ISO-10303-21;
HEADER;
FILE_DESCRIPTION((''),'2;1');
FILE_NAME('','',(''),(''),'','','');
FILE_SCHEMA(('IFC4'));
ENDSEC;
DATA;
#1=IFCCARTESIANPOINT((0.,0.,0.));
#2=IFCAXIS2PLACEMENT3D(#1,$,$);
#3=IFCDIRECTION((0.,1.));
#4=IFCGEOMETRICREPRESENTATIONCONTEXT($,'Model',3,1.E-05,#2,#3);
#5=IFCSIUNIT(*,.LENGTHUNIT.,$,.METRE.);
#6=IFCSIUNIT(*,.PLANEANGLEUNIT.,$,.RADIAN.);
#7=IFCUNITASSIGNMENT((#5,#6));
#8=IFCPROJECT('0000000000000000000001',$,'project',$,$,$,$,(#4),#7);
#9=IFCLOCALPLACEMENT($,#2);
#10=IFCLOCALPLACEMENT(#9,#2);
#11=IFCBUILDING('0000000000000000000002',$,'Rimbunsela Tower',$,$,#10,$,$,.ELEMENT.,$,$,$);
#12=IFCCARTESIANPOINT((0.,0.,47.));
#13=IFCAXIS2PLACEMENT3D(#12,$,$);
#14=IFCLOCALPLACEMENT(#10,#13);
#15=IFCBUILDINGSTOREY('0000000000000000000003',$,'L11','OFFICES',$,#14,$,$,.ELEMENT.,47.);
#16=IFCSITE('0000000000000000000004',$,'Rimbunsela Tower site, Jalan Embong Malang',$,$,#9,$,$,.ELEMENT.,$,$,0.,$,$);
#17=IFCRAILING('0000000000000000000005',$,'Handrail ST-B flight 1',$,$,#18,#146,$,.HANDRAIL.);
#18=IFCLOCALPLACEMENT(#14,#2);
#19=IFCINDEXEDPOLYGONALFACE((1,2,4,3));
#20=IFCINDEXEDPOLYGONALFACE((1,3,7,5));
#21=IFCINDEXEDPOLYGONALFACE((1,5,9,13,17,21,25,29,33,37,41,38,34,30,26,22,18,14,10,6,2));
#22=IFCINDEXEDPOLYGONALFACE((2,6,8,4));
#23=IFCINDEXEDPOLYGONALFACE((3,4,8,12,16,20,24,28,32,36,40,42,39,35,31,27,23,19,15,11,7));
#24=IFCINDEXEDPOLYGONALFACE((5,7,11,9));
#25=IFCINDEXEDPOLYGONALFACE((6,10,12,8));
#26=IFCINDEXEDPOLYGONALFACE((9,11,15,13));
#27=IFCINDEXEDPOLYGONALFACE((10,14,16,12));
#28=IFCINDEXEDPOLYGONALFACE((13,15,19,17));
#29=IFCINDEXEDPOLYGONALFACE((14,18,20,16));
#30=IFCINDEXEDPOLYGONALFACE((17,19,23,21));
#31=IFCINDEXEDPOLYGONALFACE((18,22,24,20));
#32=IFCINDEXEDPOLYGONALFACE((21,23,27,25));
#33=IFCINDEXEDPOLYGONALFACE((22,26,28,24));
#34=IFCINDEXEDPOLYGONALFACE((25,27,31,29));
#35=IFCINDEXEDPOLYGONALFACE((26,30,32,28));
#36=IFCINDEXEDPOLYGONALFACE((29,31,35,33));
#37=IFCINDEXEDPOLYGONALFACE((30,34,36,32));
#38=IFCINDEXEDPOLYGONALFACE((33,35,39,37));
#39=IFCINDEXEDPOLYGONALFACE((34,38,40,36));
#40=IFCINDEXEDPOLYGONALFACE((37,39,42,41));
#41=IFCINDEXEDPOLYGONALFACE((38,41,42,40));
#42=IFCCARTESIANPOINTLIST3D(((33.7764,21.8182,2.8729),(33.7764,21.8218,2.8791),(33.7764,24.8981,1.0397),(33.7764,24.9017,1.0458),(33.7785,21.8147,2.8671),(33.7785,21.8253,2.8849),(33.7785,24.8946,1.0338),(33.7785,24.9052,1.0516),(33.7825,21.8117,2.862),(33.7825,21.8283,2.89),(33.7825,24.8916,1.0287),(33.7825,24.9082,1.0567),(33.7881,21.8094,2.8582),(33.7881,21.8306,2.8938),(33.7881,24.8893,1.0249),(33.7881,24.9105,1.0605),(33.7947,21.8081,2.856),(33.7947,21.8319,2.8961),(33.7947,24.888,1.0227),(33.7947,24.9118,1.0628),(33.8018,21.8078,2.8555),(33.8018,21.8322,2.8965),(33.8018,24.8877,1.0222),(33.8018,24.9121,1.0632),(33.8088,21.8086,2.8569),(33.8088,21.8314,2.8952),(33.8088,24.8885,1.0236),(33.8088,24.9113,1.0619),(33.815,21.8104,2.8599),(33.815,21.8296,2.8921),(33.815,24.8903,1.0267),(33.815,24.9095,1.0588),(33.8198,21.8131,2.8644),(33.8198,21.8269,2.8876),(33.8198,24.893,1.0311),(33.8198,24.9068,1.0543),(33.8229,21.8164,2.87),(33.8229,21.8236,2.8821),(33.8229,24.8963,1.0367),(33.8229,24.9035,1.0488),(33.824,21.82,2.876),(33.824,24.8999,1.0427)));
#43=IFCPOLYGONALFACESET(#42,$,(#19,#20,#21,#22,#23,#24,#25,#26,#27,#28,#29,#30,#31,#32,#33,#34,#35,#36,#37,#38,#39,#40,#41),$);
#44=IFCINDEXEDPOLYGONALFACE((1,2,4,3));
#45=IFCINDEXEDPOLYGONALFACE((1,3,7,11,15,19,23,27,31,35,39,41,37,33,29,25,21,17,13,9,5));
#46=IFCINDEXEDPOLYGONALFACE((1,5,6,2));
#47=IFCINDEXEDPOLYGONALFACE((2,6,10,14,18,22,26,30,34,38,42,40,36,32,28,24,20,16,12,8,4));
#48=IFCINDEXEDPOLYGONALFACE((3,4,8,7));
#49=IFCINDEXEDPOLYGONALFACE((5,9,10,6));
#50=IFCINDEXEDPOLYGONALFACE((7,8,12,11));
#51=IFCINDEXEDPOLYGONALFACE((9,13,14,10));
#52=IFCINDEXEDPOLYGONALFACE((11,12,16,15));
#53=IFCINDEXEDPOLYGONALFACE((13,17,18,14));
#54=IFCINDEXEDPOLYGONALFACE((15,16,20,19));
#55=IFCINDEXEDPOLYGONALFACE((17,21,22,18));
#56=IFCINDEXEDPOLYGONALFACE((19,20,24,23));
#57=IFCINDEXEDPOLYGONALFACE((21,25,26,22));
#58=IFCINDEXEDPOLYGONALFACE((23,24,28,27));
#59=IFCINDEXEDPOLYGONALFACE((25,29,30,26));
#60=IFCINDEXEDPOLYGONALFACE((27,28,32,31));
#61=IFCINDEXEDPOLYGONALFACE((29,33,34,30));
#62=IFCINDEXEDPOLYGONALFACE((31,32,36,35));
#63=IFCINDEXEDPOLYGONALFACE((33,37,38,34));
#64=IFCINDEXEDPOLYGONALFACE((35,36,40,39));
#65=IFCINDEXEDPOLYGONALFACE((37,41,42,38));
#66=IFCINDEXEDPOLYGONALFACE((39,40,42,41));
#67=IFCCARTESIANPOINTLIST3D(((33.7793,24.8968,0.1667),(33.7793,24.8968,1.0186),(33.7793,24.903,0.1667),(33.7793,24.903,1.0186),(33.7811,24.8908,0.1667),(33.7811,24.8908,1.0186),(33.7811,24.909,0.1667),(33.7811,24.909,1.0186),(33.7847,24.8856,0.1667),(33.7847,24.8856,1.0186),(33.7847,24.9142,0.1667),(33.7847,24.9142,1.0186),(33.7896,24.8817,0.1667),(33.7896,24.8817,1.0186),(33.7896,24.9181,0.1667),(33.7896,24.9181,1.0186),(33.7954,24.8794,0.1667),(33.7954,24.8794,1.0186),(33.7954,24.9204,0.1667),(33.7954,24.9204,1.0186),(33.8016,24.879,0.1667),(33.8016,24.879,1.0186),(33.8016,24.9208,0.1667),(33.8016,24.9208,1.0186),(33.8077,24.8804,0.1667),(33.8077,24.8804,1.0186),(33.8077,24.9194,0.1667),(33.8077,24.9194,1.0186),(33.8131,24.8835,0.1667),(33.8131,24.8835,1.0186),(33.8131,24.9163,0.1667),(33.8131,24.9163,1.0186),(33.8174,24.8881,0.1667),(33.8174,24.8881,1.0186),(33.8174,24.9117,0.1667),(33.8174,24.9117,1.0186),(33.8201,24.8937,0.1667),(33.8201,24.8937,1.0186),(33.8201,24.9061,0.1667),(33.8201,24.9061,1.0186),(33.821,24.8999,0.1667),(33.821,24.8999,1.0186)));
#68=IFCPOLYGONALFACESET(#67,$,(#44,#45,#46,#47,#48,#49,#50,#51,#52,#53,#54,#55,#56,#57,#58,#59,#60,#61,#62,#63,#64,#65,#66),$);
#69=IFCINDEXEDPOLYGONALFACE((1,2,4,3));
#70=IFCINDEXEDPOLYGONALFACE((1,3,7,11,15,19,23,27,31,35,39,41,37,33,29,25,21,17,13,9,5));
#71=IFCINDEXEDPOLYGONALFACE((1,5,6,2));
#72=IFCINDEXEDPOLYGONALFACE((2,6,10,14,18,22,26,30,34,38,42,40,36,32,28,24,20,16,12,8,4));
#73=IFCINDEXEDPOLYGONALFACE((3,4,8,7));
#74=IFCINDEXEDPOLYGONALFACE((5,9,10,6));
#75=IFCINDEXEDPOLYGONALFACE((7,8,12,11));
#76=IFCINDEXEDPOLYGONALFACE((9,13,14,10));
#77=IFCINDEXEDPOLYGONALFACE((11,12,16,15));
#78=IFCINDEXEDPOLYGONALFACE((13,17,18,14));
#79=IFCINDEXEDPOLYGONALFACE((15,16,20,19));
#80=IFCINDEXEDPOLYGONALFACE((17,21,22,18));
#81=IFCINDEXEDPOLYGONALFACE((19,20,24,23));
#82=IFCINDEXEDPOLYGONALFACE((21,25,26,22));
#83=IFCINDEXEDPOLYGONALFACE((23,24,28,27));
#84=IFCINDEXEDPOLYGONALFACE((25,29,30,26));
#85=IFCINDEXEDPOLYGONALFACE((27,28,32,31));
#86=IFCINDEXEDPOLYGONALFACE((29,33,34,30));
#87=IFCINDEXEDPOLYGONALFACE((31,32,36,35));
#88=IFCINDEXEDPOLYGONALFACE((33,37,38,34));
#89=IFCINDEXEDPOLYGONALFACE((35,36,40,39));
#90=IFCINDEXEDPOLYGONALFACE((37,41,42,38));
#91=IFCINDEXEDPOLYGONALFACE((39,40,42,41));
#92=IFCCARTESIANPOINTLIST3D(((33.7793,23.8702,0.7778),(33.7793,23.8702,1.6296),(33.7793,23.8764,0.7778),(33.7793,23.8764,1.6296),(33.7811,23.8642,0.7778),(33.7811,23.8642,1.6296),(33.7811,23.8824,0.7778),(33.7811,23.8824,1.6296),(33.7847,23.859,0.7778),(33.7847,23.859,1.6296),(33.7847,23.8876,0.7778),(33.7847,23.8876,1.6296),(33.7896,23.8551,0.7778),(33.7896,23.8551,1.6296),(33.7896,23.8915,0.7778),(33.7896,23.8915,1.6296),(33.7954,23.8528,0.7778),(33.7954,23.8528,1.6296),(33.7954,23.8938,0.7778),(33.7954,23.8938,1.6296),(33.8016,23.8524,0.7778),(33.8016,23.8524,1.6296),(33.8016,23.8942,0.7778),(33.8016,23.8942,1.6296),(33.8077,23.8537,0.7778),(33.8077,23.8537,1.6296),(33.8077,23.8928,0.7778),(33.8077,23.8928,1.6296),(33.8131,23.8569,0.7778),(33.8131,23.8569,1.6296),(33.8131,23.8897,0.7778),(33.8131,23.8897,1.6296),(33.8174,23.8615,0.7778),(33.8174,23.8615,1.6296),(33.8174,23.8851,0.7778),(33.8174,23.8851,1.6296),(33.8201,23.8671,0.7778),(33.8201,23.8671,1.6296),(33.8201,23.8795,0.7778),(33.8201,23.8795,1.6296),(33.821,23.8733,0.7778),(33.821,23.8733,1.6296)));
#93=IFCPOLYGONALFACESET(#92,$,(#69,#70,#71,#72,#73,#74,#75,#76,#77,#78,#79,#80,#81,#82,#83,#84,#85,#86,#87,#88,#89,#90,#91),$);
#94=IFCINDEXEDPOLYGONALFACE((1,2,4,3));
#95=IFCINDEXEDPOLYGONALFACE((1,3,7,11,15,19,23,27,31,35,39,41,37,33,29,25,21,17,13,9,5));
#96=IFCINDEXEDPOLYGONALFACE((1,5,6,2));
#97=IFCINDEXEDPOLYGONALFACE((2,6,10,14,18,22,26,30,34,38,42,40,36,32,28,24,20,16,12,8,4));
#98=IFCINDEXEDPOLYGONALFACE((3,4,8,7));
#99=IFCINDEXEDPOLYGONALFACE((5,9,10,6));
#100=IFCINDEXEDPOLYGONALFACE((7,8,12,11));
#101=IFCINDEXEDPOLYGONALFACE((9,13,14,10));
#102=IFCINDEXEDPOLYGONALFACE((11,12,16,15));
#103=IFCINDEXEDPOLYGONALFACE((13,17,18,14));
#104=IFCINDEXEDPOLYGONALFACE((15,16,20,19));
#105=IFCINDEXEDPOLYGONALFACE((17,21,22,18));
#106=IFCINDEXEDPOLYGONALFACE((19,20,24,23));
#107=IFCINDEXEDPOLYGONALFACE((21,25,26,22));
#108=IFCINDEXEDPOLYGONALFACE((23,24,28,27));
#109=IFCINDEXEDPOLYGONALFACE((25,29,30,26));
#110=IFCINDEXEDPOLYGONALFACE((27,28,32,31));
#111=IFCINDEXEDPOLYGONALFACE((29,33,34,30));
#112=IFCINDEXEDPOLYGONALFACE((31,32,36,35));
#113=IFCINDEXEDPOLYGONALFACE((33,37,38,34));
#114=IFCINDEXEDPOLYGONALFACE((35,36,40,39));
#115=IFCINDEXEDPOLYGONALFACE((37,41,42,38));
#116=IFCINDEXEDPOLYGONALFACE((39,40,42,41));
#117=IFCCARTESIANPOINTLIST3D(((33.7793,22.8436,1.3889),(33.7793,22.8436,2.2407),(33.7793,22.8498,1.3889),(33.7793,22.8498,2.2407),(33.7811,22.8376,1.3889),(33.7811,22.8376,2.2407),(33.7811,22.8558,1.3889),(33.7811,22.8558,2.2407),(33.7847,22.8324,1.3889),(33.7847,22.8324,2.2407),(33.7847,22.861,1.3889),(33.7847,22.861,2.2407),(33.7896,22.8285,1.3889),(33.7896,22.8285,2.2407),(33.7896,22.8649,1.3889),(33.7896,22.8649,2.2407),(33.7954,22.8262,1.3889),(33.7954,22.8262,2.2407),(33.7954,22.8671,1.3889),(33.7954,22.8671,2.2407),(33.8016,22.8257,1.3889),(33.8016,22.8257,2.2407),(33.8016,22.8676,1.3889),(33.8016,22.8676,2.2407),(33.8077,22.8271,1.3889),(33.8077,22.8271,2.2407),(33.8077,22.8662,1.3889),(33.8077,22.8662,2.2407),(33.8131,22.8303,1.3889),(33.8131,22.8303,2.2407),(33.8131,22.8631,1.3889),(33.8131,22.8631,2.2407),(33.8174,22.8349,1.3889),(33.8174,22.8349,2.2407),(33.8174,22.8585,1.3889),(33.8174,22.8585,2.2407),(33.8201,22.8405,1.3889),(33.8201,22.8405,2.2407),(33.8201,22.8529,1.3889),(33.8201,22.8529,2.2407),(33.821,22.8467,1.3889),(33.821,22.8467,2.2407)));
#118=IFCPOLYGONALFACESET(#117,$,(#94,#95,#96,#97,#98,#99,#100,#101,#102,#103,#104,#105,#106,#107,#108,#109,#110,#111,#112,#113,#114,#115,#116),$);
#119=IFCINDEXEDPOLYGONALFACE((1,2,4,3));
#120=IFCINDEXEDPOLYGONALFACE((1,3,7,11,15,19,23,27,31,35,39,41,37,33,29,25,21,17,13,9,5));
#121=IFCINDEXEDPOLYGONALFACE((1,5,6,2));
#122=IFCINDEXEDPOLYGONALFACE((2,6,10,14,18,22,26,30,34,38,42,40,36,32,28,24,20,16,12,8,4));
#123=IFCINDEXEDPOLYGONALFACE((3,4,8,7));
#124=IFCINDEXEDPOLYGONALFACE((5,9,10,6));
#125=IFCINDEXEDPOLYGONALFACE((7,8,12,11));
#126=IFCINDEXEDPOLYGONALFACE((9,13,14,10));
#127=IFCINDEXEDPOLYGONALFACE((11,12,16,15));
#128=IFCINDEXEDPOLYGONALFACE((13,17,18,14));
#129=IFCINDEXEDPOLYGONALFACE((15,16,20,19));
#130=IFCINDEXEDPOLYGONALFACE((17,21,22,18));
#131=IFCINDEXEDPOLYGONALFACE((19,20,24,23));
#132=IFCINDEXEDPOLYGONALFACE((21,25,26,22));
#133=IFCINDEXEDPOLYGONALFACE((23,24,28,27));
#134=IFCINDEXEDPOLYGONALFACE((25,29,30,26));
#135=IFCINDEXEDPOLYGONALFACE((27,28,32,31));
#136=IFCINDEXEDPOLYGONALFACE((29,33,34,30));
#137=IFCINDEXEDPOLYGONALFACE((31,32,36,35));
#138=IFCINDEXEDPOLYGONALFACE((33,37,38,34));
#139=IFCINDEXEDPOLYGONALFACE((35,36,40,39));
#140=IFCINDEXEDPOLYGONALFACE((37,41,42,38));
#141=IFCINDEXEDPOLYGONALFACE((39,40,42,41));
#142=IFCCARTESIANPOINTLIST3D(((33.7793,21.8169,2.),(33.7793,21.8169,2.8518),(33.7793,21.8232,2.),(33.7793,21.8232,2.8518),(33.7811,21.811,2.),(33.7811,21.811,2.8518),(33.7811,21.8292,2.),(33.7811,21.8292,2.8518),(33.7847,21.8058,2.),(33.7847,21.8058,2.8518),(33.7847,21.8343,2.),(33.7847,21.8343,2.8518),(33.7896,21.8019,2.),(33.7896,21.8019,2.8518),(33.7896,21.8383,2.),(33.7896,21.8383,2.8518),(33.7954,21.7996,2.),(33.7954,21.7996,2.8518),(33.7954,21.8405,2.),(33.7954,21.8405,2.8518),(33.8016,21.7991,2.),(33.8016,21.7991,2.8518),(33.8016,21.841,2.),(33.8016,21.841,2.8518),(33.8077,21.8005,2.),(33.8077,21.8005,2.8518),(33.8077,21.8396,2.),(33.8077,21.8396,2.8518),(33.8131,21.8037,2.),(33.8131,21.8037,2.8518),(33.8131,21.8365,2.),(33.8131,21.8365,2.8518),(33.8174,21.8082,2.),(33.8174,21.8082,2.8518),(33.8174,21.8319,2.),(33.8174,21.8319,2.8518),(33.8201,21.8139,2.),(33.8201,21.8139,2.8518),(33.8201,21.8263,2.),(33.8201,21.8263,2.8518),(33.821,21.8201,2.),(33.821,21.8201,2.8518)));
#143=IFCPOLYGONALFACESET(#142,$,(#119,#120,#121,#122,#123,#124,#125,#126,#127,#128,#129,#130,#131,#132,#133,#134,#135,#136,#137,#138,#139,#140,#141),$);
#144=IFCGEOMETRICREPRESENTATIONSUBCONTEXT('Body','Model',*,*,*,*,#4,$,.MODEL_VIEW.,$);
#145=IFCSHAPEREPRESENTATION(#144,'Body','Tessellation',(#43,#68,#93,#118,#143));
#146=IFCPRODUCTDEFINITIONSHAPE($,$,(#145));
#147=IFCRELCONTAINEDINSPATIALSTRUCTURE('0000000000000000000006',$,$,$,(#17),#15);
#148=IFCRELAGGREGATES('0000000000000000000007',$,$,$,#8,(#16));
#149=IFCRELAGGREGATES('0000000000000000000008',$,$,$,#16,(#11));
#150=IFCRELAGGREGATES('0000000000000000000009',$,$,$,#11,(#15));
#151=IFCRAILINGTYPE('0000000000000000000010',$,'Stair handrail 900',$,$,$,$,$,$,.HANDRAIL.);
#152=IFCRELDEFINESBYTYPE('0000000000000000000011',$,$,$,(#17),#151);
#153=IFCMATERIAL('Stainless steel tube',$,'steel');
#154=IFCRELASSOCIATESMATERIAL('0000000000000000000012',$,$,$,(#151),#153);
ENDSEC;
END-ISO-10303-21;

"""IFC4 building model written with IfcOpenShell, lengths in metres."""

from ifc_helpers import new_model, si_unit, direction, frame, origin, origin_2d, place, context, subcontext, project, spatial, circle, extrude, material, type_object, element, save


model = new_model("IFC4")

# Units and contexts
model_context = context("Model", 3, precision=1e-05, world=origin(), true_north=direction((0.0, 1.0)))
body_context = subcontext(model_context, "Body", "Model", "MODEL_VIEW")
ifc_project = project(units=[si_unit("LENGTHUNIT", "METRE"), si_unit("PLANEANGLEUNIT", "RADIAN")], contexts=[model_context])

# Site, building, storey
site_placement = place(None, origin())
site = spatial("IfcSite", under=ifc_project, at=site_placement, Name="Rimbunsela Tower site, Jalan Embong Malang", CompositionType="ELEMENT", RefElevation=0.0)
building_placement = place(site_placement, origin())
building = spatial("IfcBuilding", under=site, at=building_placement, Name="Rimbunsela Tower", CompositionType="ELEMENT")
storey_placement = place(building_placement, frame((0.0, 0.0, 47.0)))
storey = spatial("IfcBuildingStorey", under=building, at=storey_placement, Name="L11", Description="OFFICES", CompositionType="ELEMENT", Elevation=47.0)

# Railing
ifc_material_1 = material(Name="Stainless steel tube", Category="steel")
railing_type = type_object("IfcRailingType", Name="Stair handrail 900", PredefinedType="HANDRAIL", material=ifc_material_1)
for number, where, name in (
    (1, (33.8, 24.8999, 0.1667), "Handrail ST-B flight 1"),
):
    element("IfcRailing", number, at=place(storey_placement, frame(where)), inside=storey, type_object=railing_type, Name=name, PredefinedType="HANDRAIL", context=body_context, shape_type="SweptSolid", body=[
        extrude(circle(Radius=0.0239, at=origin_2d()), frame((0.0, 0.0, 0.876), z_axis=(0.0, -0.859291, 0.511487), x_axis=(1.0, 0.0, 0.0)), (0.0, 0.0, 1.0), 3.5842),
        extrude(circle(Radius=0.021, at=origin_2d()), origin(), (0.0, 0.0, 1.0), 0.8518),
        extrude(circle(Radius=0.021, at=origin_2d()), frame((0.0, -1.0266, 0.6111)), (0.0, 0.0, 1.0), 0.8518),
        extrude(circle(Radius=0.021, at=origin_2d()), frame((0.0, -2.0532, 1.2222)), (0.0, 0.0, 1.0), 0.8518),
        extrude(circle(Radius=0.021, at=origin_2d()), frame((0.0, -3.0798, 1.8333)), (0.0, 0.0, 1.0), 0.8518),
    ])

save(model, "model.ifc")
